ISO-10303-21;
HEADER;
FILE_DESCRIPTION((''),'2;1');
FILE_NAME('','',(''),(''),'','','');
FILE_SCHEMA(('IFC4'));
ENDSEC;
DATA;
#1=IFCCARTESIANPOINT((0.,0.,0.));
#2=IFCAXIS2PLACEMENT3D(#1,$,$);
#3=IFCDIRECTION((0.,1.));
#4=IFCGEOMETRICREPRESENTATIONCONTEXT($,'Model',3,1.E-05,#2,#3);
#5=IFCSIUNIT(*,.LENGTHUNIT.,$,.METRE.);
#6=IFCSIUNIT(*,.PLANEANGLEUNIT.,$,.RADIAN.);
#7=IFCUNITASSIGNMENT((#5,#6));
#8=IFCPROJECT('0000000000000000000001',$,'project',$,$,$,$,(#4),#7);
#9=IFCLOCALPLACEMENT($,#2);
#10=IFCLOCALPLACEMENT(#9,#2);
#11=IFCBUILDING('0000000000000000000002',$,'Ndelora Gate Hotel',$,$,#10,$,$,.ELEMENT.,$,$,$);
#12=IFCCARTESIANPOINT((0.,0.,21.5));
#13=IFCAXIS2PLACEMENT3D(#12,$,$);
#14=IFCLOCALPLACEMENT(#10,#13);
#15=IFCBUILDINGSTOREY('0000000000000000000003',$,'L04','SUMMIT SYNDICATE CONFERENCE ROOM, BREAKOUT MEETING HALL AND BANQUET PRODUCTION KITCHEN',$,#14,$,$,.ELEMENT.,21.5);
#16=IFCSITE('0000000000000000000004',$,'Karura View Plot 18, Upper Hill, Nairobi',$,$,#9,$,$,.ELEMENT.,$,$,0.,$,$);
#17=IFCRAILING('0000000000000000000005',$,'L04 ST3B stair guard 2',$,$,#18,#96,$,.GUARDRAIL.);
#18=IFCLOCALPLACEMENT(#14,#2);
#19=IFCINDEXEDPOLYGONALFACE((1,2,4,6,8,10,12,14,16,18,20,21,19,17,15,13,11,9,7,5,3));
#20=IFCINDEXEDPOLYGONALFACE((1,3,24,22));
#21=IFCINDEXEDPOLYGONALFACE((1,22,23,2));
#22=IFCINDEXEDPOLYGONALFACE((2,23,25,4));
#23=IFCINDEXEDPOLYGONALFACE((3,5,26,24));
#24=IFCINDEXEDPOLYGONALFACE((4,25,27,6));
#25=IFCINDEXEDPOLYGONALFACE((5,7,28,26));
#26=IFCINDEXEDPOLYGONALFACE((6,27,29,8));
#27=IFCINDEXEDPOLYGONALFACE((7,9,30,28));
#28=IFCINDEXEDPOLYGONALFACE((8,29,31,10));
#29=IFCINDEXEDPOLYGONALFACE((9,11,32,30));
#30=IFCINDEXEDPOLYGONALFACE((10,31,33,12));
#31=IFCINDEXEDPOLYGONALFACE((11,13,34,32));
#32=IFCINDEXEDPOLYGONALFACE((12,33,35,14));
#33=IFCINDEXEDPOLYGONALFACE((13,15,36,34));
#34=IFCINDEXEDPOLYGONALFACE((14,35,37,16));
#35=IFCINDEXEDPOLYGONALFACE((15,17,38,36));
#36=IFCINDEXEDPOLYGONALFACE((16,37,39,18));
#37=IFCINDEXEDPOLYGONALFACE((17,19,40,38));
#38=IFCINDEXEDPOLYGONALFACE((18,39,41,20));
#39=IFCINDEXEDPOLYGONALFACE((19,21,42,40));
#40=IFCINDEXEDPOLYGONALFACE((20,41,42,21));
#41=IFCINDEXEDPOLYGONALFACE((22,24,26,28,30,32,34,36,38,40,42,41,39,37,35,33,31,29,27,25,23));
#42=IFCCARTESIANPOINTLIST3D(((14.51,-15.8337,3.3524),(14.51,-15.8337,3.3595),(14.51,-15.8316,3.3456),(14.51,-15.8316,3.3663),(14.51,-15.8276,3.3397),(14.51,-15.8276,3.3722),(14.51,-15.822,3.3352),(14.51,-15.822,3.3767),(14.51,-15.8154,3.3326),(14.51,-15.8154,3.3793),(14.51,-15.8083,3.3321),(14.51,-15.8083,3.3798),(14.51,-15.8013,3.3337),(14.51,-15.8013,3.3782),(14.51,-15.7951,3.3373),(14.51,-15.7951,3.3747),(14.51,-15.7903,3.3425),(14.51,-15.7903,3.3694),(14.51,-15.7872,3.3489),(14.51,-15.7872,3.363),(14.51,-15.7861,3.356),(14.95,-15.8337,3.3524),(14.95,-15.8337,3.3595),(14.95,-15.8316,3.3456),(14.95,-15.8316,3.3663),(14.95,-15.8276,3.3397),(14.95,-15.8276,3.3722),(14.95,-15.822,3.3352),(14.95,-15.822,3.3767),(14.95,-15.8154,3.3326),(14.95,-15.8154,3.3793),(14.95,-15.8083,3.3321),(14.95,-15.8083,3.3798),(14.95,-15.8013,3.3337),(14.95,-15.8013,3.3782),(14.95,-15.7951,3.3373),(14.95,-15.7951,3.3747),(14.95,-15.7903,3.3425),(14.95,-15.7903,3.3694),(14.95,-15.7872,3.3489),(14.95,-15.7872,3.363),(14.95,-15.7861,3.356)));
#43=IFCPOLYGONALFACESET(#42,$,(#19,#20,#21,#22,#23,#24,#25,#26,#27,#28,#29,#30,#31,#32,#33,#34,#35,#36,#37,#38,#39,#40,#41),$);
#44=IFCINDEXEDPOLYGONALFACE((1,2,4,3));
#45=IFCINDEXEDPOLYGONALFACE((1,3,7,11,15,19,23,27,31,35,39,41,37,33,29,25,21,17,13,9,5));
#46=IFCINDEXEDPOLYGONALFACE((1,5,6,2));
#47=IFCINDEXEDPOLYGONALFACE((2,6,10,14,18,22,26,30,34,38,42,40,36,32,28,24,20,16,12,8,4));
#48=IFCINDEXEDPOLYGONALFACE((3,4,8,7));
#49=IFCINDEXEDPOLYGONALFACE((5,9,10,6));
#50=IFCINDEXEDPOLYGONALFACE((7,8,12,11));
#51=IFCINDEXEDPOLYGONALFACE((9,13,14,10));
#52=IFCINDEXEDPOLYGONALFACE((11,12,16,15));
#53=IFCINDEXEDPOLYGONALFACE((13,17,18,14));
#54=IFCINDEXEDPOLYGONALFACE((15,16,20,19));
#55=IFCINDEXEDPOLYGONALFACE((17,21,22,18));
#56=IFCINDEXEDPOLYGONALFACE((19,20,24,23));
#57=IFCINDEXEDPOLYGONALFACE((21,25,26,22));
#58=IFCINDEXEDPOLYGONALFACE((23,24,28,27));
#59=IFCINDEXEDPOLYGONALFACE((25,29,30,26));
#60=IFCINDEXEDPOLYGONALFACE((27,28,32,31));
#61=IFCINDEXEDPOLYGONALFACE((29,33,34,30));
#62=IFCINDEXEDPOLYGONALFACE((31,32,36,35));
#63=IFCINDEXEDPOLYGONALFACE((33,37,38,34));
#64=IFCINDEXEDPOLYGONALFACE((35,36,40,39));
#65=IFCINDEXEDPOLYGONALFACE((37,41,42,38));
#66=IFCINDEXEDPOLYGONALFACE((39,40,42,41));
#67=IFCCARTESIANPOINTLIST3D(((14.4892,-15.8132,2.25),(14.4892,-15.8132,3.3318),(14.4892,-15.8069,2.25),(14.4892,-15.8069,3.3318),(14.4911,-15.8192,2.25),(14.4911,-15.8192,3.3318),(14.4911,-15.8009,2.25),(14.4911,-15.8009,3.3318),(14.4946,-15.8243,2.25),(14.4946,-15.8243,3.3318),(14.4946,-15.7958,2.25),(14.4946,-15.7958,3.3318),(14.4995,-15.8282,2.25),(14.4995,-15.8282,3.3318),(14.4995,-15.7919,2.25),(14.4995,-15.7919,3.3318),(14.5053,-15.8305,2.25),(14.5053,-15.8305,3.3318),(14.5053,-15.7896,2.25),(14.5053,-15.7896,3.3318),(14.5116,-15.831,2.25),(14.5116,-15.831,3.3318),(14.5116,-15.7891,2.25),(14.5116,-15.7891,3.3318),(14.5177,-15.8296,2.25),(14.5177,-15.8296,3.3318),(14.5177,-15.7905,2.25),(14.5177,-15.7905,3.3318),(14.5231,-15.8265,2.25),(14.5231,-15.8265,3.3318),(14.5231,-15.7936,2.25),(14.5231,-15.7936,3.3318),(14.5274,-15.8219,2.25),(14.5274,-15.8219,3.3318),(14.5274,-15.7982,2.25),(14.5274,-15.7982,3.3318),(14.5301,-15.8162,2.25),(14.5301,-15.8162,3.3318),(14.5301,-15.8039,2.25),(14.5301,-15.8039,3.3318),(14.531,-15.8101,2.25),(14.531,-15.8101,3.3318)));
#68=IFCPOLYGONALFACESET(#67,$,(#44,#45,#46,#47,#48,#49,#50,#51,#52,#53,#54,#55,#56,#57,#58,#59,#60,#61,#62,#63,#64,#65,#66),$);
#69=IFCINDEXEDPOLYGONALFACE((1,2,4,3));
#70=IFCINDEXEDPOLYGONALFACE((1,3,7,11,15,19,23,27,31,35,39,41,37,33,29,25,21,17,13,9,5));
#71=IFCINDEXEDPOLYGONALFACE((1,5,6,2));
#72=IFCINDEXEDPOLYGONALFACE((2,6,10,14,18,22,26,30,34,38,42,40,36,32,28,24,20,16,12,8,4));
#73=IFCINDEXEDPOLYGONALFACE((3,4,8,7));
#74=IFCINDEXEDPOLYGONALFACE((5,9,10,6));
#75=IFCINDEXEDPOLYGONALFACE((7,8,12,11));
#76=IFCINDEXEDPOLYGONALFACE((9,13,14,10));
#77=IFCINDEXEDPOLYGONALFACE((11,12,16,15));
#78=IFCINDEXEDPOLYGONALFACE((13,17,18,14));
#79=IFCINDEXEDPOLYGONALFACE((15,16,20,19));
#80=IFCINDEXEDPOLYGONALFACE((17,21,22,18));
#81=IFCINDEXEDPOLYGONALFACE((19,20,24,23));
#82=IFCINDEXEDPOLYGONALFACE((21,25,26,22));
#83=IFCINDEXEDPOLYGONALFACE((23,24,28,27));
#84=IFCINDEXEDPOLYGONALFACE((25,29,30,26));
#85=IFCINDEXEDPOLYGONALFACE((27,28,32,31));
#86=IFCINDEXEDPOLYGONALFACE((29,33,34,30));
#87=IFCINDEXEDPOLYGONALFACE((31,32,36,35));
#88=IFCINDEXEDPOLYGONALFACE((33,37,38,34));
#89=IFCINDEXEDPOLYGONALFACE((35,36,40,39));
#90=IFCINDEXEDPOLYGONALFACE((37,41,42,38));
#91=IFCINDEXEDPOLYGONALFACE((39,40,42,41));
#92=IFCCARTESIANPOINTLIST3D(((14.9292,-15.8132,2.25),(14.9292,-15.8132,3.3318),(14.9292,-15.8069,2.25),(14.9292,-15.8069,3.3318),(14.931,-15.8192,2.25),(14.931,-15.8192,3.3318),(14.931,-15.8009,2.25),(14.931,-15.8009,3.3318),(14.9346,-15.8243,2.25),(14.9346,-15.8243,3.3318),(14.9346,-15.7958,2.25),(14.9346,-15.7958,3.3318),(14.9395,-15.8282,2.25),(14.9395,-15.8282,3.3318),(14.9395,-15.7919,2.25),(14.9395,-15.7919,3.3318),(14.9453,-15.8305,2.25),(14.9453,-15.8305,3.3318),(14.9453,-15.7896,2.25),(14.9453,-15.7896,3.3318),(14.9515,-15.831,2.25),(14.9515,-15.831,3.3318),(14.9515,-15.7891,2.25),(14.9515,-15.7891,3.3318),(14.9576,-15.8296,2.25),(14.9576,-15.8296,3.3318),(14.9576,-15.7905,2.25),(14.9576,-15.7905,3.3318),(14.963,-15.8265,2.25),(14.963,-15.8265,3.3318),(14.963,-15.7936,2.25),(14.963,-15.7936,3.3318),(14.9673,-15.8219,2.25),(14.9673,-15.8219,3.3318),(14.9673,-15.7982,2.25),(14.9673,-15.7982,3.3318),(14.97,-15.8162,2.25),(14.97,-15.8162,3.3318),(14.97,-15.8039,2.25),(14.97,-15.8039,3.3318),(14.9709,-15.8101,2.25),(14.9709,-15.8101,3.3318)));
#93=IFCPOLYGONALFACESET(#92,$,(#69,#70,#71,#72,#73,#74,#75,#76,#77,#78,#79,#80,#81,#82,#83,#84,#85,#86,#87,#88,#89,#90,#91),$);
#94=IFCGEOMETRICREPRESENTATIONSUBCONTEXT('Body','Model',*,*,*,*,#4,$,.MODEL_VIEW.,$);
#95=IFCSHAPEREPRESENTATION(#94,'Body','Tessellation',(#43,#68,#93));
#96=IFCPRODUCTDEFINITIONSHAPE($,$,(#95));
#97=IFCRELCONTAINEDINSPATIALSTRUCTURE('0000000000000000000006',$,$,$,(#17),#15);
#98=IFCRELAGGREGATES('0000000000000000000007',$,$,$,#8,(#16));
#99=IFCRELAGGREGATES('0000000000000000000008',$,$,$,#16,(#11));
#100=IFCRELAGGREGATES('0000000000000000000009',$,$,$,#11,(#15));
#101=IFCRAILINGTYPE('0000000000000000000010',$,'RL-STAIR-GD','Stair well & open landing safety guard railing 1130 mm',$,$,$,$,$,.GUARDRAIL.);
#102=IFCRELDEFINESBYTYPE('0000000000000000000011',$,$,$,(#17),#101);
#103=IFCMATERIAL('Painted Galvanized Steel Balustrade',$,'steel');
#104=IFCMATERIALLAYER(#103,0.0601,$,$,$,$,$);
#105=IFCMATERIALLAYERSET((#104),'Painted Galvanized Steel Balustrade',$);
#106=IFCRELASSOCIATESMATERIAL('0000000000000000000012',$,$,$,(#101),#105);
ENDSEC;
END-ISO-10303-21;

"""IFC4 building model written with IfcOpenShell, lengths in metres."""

from ifc_helpers import new_model, si_unit, direction, frame, origin, origin_2d, place, context, subcontext, project, spatial, circle, extrude, material, layer, layer_set, type_object, element, save


model = new_model("IFC4")

# Units and contexts
model_context = context("Model", 3, precision=1e-05, world=origin(), true_north=direction((0.0, 1.0)))
body_context = subcontext(model_context, "Body", "Model", "MODEL_VIEW")
ifc_project = project(units=[si_unit("LENGTHUNIT", "METRE"), si_unit("PLANEANGLEUNIT", "RADIAN")], contexts=[model_context])

# Site, building, storey
site_placement = place(None, origin())
site = spatial("IfcSite", under=ifc_project, at=site_placement, Name="Karura View Plot 18, Upper Hill, Nairobi", CompositionType="ELEMENT", RefElevation=0.0)
building_placement = place(site_placement, origin())
building = spatial("IfcBuilding", under=site, at=building_placement, Name="Ndelora Gate Hotel", CompositionType="ELEMENT")
storey_placement = place(building_placement, frame((0.0, 0.0, 21.5)))
storey = spatial("IfcBuildingStorey", under=building, at=storey_placement, Name="L04", Description="SUMMIT SYNDICATE CONFERENCE ROOM, BREAKOUT MEETING HALL AND BANQUET PRODUCTION KITCHEN", CompositionType="ELEMENT", Elevation=21.5)

# Railing
ifc_material_1 = material(Name="Painted Galvanized Steel Balustrade", Category="steel")
ifc_layer_1 = layer(ifc_material_1, 0.0601)
ifc_layer_set_1 = layer_set([ifc_layer_1], Name="Painted Galvanized Steel Balustrade")
railing_type_1 = type_object("IfcRailingType", Name="RL-STAIR-GD", Description="Stair well & open landing safety guard railing 1130 mm", PredefinedType="GUARDRAIL", material=ifc_layer_set_1)
railing_1_placement = place(storey_placement, frame((14.51, -15.8101, 2.25)))
element("IfcRailing", 1, at=railing_1_placement, inside=storey, type_object=railing_type_1, Name="L04 ST3B stair guard 2", PredefinedType="GUARDRAIL", context=body_context, shape_type="SweptSolid", body=[
    extrude(circle(Radius=0.0239, at=origin_2d()), frame((0.0, 0.0, 1.106), z_axis=(1.0, 0.0, 0.0), x_axis=(0.0, 1.0, 0.0)), (0.0, 0.0, 1.0), 0.4399),
    extrude(circle(Radius=0.021, at=origin_2d()), origin(), (0.0, 0.0, 1.0), 1.0818),
    extrude(circle(Radius=0.021, at=origin_2d()), frame((0.4399, 0.0, 0.0)), (0.0, 0.0, 1.0), 1.0818),
])

save(model, "model.ifc")
